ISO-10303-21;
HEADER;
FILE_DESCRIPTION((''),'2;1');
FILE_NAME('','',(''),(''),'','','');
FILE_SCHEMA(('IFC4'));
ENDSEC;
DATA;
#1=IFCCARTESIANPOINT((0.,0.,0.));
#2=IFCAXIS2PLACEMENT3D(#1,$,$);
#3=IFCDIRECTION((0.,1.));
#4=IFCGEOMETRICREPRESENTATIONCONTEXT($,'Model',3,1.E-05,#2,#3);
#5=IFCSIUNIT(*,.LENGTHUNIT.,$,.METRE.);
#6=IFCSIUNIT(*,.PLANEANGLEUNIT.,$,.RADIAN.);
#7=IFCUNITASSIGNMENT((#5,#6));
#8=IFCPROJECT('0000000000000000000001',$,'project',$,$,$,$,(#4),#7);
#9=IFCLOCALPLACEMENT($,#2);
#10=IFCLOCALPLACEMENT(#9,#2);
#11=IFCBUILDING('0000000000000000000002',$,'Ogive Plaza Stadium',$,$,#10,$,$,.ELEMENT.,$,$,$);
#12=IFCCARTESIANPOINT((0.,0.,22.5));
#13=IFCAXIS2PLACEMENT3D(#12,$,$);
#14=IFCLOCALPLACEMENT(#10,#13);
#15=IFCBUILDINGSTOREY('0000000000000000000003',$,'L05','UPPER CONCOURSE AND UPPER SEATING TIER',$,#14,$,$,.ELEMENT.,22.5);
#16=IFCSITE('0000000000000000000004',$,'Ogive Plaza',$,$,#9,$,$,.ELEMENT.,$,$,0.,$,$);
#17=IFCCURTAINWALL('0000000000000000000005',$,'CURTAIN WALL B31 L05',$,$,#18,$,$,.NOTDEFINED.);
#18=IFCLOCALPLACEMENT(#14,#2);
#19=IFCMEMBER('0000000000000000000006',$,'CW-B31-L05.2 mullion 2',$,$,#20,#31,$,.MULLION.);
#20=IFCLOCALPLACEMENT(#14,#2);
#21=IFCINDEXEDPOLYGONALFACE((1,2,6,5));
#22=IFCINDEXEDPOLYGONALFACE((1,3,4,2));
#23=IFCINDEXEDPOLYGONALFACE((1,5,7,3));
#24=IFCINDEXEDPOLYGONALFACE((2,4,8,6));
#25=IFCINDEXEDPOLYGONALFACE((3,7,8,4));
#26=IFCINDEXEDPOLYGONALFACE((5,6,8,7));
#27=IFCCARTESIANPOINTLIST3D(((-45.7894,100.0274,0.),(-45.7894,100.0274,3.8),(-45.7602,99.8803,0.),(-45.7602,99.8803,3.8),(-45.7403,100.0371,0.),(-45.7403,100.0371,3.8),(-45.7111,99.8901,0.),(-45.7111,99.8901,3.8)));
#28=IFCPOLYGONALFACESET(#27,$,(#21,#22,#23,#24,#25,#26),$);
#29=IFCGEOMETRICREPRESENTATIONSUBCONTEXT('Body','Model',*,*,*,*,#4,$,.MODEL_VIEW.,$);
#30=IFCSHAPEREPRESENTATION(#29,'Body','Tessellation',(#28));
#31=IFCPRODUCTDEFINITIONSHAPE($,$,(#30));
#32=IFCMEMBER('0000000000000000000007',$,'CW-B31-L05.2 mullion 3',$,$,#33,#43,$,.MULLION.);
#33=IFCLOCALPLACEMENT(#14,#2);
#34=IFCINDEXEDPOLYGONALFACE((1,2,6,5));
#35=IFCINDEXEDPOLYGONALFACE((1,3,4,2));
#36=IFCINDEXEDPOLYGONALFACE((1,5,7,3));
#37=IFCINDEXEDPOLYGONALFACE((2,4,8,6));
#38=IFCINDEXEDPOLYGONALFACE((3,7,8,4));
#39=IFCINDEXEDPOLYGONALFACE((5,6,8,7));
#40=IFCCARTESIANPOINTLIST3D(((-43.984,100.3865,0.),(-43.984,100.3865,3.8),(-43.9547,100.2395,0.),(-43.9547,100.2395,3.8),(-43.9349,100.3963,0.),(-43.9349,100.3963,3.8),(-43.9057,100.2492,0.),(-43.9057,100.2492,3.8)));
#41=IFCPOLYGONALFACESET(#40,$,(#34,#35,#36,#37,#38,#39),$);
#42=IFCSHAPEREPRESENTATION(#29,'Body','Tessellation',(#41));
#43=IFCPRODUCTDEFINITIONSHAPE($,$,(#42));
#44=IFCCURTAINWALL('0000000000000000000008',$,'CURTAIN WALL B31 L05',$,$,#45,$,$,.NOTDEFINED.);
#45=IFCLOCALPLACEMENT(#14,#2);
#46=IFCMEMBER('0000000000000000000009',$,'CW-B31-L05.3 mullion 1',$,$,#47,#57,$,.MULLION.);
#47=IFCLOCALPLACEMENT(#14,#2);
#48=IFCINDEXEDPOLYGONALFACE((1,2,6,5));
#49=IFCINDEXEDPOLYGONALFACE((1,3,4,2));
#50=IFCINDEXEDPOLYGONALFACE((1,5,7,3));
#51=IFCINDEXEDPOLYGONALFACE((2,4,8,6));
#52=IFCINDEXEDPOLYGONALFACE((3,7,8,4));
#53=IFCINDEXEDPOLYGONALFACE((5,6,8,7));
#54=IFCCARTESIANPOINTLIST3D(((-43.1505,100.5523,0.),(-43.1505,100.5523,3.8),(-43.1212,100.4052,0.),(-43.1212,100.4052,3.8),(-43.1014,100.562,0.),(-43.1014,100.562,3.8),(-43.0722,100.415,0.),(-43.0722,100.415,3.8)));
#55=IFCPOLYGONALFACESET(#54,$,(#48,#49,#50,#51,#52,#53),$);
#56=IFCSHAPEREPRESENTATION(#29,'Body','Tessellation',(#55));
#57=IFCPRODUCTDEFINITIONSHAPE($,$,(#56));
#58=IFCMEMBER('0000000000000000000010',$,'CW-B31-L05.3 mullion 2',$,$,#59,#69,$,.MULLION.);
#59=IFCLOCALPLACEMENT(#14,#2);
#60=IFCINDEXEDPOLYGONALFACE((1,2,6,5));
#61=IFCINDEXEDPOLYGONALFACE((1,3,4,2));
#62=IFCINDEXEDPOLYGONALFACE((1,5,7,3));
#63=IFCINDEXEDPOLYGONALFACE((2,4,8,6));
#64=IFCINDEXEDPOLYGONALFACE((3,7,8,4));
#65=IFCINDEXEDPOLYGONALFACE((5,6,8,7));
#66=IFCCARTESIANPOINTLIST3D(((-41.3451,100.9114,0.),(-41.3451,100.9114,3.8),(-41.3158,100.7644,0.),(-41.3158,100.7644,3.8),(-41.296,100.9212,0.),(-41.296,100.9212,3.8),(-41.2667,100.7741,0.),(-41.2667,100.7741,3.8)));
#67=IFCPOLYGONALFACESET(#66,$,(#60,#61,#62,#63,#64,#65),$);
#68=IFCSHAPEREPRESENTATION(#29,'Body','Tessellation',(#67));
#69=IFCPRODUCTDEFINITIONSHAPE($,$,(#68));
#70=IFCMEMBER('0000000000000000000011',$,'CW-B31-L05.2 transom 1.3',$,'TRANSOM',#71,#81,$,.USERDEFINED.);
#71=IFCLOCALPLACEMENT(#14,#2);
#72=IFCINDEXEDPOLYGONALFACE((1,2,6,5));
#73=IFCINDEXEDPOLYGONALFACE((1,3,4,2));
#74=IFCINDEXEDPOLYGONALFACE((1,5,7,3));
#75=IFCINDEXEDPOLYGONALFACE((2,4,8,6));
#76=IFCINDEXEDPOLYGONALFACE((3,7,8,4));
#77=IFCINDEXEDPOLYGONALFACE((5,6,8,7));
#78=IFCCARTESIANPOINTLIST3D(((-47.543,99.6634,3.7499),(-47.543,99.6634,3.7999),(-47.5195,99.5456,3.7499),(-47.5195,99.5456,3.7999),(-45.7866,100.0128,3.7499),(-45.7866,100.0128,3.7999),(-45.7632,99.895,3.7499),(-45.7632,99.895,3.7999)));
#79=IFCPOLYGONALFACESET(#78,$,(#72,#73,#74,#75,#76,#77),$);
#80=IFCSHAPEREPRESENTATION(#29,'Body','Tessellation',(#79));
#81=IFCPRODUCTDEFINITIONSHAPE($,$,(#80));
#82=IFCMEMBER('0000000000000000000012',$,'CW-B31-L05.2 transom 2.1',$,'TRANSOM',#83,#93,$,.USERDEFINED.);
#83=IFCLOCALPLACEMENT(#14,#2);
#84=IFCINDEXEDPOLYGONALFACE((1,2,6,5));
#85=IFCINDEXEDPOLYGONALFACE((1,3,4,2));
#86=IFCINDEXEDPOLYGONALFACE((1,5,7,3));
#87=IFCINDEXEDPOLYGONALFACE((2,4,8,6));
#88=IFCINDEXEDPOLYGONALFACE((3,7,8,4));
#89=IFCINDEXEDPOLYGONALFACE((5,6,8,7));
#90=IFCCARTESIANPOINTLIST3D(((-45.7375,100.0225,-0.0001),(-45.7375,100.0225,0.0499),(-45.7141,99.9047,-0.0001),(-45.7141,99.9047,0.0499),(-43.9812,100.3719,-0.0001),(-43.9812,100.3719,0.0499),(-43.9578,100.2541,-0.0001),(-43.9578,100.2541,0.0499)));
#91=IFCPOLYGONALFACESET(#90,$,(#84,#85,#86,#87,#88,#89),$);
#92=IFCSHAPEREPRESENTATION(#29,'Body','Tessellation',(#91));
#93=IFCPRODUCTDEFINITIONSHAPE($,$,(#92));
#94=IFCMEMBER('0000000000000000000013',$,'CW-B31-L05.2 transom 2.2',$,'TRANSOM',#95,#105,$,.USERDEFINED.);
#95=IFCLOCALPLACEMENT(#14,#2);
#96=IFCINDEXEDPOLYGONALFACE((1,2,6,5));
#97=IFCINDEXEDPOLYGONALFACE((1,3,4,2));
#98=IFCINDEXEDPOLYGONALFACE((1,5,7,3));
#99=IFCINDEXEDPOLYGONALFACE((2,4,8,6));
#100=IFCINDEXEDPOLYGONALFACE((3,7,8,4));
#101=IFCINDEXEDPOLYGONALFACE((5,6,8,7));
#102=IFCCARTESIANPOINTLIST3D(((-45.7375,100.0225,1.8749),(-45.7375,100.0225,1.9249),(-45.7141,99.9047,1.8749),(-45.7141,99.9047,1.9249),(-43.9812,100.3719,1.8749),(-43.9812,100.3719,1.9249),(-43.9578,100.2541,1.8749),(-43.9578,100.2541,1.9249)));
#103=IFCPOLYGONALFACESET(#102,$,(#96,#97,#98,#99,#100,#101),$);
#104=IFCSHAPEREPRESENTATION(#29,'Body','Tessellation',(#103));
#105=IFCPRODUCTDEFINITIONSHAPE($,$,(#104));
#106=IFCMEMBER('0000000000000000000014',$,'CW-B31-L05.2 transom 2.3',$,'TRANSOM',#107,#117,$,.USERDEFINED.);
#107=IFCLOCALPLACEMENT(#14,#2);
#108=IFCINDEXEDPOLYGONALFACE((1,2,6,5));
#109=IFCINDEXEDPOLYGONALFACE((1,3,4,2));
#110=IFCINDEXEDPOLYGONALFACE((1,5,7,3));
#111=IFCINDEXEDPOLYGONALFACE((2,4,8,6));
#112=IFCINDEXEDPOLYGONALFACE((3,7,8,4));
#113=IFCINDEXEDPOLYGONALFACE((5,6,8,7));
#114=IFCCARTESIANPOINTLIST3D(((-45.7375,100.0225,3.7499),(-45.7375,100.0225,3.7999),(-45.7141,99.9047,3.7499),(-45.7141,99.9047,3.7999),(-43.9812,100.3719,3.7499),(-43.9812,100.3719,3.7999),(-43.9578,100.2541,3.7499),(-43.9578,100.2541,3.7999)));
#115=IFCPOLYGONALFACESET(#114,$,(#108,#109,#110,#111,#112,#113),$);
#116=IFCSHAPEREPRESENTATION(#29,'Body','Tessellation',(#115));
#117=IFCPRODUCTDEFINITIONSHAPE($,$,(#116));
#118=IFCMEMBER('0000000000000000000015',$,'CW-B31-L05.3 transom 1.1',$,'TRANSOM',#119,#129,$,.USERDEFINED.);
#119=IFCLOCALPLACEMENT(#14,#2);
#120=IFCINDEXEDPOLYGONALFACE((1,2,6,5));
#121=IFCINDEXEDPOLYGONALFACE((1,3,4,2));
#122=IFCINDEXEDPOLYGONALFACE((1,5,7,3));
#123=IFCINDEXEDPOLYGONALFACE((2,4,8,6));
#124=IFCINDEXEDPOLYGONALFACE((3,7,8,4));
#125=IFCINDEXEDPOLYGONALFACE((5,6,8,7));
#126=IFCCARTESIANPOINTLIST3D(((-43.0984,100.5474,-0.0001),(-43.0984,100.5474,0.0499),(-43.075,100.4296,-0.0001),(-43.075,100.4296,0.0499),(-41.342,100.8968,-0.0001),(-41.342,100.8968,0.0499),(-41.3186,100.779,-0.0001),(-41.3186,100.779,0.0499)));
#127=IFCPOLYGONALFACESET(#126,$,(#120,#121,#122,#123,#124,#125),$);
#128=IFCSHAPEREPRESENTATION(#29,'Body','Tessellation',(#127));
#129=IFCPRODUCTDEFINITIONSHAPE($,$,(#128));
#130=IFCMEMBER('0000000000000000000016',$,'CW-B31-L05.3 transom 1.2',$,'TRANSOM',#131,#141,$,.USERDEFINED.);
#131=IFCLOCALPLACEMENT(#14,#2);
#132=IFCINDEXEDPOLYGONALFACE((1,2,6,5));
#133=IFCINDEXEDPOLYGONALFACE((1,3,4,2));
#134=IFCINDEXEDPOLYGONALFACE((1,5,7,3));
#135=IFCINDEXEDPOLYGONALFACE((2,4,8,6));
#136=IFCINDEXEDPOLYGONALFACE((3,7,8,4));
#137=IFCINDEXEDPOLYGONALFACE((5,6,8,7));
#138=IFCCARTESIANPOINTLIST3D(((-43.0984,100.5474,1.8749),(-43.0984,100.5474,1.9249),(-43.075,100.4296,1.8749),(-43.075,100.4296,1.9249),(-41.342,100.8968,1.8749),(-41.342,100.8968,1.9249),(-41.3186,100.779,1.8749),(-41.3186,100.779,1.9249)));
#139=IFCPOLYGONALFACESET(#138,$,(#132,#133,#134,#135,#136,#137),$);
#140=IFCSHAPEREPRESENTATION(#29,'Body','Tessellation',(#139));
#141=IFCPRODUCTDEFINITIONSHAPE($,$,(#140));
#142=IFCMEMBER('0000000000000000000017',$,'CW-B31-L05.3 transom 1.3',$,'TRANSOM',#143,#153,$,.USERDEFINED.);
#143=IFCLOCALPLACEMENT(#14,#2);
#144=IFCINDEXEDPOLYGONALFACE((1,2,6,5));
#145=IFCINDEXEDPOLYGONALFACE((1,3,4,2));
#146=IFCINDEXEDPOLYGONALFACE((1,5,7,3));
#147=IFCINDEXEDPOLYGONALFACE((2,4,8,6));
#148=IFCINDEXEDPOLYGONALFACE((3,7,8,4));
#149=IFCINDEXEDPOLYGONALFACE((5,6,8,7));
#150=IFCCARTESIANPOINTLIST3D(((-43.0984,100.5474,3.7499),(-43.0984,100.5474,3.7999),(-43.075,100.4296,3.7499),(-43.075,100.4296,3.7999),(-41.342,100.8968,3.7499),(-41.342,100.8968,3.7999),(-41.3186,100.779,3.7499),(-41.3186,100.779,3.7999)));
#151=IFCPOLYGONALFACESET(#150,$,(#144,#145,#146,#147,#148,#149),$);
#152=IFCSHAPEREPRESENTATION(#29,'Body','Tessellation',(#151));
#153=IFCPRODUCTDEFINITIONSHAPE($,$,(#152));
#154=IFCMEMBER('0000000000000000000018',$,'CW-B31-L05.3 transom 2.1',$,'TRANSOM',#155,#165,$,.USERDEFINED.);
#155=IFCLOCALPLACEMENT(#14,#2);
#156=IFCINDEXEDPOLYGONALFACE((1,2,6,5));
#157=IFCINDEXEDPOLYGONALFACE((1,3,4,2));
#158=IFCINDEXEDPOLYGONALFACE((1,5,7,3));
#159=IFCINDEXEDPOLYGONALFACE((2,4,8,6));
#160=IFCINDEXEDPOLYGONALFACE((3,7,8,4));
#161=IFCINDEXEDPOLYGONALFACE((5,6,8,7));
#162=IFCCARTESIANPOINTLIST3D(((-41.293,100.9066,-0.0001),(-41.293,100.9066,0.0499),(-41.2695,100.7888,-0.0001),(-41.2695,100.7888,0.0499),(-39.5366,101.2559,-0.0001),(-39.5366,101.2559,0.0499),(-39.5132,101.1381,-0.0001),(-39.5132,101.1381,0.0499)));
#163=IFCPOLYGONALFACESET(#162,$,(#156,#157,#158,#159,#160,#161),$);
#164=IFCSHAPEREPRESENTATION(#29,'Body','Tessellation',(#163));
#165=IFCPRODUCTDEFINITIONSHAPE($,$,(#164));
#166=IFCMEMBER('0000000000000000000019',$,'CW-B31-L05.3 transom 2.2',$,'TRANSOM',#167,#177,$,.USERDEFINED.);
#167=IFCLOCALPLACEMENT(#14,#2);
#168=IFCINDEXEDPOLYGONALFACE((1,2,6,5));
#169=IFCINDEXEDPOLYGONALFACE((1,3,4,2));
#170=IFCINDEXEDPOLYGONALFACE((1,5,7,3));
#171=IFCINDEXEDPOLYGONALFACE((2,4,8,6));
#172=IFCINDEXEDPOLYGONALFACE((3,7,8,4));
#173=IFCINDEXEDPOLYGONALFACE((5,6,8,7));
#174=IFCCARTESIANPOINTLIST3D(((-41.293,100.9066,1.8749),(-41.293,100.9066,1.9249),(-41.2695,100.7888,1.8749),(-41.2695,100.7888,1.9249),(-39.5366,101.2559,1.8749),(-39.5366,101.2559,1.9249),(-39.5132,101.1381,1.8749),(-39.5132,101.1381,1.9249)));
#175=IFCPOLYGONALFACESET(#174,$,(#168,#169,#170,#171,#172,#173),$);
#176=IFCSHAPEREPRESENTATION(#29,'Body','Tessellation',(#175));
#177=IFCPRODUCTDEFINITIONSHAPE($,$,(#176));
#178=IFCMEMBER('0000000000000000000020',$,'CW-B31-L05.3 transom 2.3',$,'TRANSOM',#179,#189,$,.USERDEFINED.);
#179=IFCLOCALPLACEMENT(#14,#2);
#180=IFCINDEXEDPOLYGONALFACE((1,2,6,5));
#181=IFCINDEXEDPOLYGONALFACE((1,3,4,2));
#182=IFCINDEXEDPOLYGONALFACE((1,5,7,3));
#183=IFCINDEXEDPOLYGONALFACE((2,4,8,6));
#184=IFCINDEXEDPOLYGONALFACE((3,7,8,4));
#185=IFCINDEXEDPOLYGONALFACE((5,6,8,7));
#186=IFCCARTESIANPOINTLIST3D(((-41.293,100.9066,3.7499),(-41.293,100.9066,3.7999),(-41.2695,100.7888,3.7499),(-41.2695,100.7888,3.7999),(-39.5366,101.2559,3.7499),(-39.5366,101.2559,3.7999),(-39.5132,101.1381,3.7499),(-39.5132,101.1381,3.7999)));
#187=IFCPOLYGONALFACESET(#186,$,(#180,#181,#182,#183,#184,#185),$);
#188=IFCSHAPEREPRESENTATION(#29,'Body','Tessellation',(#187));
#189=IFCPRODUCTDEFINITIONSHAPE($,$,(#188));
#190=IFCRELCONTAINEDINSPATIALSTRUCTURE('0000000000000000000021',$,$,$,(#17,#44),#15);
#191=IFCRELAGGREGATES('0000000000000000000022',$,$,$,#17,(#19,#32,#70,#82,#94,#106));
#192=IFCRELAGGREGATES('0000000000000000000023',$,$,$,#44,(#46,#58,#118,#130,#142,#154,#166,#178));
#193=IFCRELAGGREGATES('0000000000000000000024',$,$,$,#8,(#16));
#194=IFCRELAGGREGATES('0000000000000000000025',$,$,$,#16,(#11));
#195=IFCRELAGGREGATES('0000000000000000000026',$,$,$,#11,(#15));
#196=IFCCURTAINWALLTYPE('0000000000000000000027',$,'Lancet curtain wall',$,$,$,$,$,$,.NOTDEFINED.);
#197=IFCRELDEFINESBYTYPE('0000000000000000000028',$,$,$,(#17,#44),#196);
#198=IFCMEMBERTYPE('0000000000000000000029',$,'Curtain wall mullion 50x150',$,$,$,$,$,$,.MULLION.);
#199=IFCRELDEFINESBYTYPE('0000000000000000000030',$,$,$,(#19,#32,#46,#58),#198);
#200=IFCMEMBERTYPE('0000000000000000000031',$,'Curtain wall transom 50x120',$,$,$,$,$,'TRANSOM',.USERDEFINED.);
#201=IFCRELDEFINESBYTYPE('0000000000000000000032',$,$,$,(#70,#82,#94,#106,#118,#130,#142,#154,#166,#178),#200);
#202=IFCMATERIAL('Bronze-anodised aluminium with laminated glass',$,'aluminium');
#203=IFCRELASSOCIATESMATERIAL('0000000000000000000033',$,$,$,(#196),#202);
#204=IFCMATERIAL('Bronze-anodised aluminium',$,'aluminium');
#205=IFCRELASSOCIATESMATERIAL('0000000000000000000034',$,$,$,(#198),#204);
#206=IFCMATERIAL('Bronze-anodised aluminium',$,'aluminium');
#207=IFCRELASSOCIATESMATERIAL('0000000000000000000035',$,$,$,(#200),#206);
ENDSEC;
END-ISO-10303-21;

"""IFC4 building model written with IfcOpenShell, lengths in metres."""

from ifc_helpers import new_model, si_unit, direction, frame, origin, origin_2d, place, context, subcontext, project, spatial, rectangle, extrude, material, material_profile, profile_set, type_object, element, aggregate, save


model = new_model("IFC4")

# Units and contexts
model_context = context("Model", 3, precision=1e-05, world=origin(), true_north=direction((0.0, 1.0)))
body_context = subcontext(model_context, "Body", "Model", "MODEL_VIEW")
ifc_project = project(units=[si_unit("LENGTHUNIT", "METRE"), si_unit("PLANEANGLEUNIT", "RADIAN")], contexts=[model_context])

# Site, building, storey
site_placement = place(None, origin())
site = spatial("IfcSite", under=ifc_project, at=site_placement, Name="Ogive Plaza", CompositionType="ELEMENT", RefElevation=0.0)
building_placement = place(site_placement, origin())
building = spatial("IfcBuilding", under=site, at=building_placement, Name="Ogive Plaza Stadium", CompositionType="ELEMENT")
storey_placement = place(building_placement, frame((0.0, 0.0, 22.5)))
storey = spatial("IfcBuildingStorey", under=building, at=storey_placement, Name="L05", Description="UPPER CONCOURSE AND UPPER SEATING TIER", CompositionType="ELEMENT", Elevation=22.5)

# Curtain walls, members
ifc_material_1 = material(Name="Bronze-anodised aluminium with laminated glass", Category="aluminium")
curtain_wall_type = type_object("IfcCurtainWallType", Name="Lancet curtain wall", PredefinedType="NOTDEFINED", material=ifc_material_1)
curtain_wall_1_placement = place(storey_placement, origin())
curtain_wall_1 = element("IfcCurtainWall", 1, at=curtain_wall_1_placement, inside=storey, type_object=curtain_wall_type, Name="CURTAIN WALL B31 L05", PredefinedType="NOTDEFINED")
ifc_material_2 = material(Name="Bronze-anodised aluminium", Category="aluminium")
ifc_material_profile_1 = material_profile(ifc_material_2, rectangle(XDim=0.1499, YDim=0.05, at=origin_2d()), Name="AL 150x50")
ifc_profile_set_1 = profile_set([ifc_material_profile_1], Name="Bronze-anodised aluminium")
member_type_1 = type_object("IfcMemberType", Name="Curtain wall mullion 50x150", PredefinedType="MULLION", material=ifc_profile_set_1)
member_1_placement = place(storey_placement, frame((-45.7502, 99.9587, 0.0), z_axis=(0.0, 0.0, 1.0), x_axis=(-0.19509, 0.980785, 0.0)))
member_1 = element("IfcMember", 2, at=member_1_placement, type_object=member_type_1, Name="CW-B31-L05.2 mullion 2", PredefinedType="MULLION", context=body_context, shape_type="SweptSolid", body=[
    extrude(rectangle(XDim=0.1499, YDim=0.05, at=origin_2d()), origin(), (0.0, 0.0, 1.0), 3.8),
])
member_2_placement = place(storey_placement, frame((-43.9448, 100.3179, 0.0), z_axis=(0.0, 0.0, 1.0), x_axis=(-0.19509, 0.980785, 0.0)))
member_2 = element("IfcMember", 3, at=member_2_placement, type_object=member_type_1, Name="CW-B31-L05.2 mullion 3", PredefinedType="MULLION", context=body_context, shape_type="SweptSolid", body=[
    extrude(rectangle(XDim=0.1499, YDim=0.05, at=origin_2d()), origin(), (0.0, 0.0, 1.0), 3.8),
])
curtain_wall_2_placement = place(storey_placement, origin())
curtain_wall_2 = element("IfcCurtainWall", 4, at=curtain_wall_2_placement, inside=storey, type_object=curtain_wall_type, Name="CURTAIN WALL B31 L05", PredefinedType="NOTDEFINED")
member_3_placement = place(storey_placement, frame((-43.1113, 100.4836, 0.0), z_axis=(0.0, 0.0, 1.0), x_axis=(-0.19509, 0.980785, 0.0)))
member_3 = element("IfcMember", 5, at=member_3_placement, type_object=member_type_1, Name="CW-B31-L05.3 mullion 1", PredefinedType="MULLION", context=body_context, shape_type="SweptSolid", body=[
    extrude(rectangle(XDim=0.1499, YDim=0.05, at=origin_2d()), origin(), (0.0, 0.0, 1.0), 3.8),
])
member_4_placement = place(storey_placement, frame((-41.3059, 100.8428, 0.0), z_axis=(0.0, 0.0, 1.0), x_axis=(-0.19509, 0.980785, 0.0)))
member_4 = element("IfcMember", 6, at=member_4_placement, type_object=member_type_1, Name="CW-B31-L05.3 mullion 2", PredefinedType="MULLION", context=body_context, shape_type="SweptSolid", body=[
    extrude(rectangle(XDim=0.1499, YDim=0.05, at=origin_2d()), origin(), (0.0, 0.0, 1.0), 3.8),
])

# Members
ifc_material_3 = material(Name="Bronze-anodised aluminium", Category="aluminium")
ifc_material_profile_2 = material_profile(ifc_material_3, rectangle(XDim=0.1201, YDim=0.05, at=origin_2d()), Name="AL 120x50")
ifc_profile_set_2 = profile_set([ifc_material_profile_2], Name="Bronze-anodised aluminium")
member_type_2 = type_object("IfcMemberType", Name="Curtain wall transom 50x120", ElementType="TRANSOM", PredefinedType="USERDEFINED", material=ifc_profile_set_2)
member_5_placement = place(storey_placement, frame((-47.5312, 99.6045, 3.7749), z_axis=(0.980785, 0.195094, 0.0), x_axis=(-0.195094, 0.980785, 0.0)))
member_5 = element("IfcMember", 7, at=member_5_placement, type_object=member_type_2, Name="CW-B31-L05.2 transom 1.3", ObjectType="TRANSOM", PredefinedType="USERDEFINED", context=body_context, shape_type="SweptSolid", body=[
    extrude(rectangle(XDim=0.1201, YDim=0.05, at=origin_2d()), origin(), (0.0, 0.0, 1.0), 1.7908),
])
member_6_placement = place(storey_placement, frame((-45.7258, 99.9636, 0.0249), z_axis=(0.980785, 0.195094, 0.0), x_axis=(-0.195094, 0.980785, 0.0)))
member_6 = element("IfcMember", 8, at=member_6_placement, type_object=member_type_2, Name="CW-B31-L05.2 transom 2.1", ObjectType="TRANSOM", PredefinedType="USERDEFINED", context=body_context, shape_type="SweptSolid", body=[
    extrude(rectangle(XDim=0.1201, YDim=0.05, at=origin_2d()), origin(), (0.0, 0.0, 1.0), 1.7908),
])
member_7_placement = place(storey_placement, frame((-45.7258, 99.9636, 1.8999), z_axis=(0.980785, 0.195094, 0.0), x_axis=(-0.195094, 0.980785, 0.0)))
member_7 = element("IfcMember", 9, at=member_7_placement, type_object=member_type_2, Name="CW-B31-L05.2 transom 2.2", ObjectType="TRANSOM", PredefinedType="USERDEFINED", context=body_context, shape_type="SweptSolid", body=[
    extrude(rectangle(XDim=0.1201, YDim=0.05, at=origin_2d()), origin(), (0.0, 0.0, 1.0), 1.7908),
])
member_8_placement = place(storey_placement, frame((-45.7258, 99.9636, 3.7749), z_axis=(0.980785, 0.195094, 0.0), x_axis=(-0.195094, 0.980785, 0.0)))
member_8 = element("IfcMember", 10, at=member_8_placement, type_object=member_type_2, Name="CW-B31-L05.2 transom 2.3", ObjectType="TRANSOM", PredefinedType="USERDEFINED", context=body_context, shape_type="SweptSolid", body=[
    extrude(rectangle(XDim=0.1201, YDim=0.05, at=origin_2d()), origin(), (0.0, 0.0, 1.0), 1.7908),
])
member_9_placement = place(storey_placement, frame((-43.0867, 100.4885, 0.0249), z_axis=(0.980785, 0.195094, 0.0), x_axis=(-0.195094, 0.980785, 0.0)))
member_9 = element("IfcMember", 11, at=member_9_placement, type_object=member_type_2, Name="CW-B31-L05.3 transom 1.1", ObjectType="TRANSOM", PredefinedType="USERDEFINED", context=body_context, shape_type="SweptSolid", body=[
    extrude(rectangle(XDim=0.1201, YDim=0.05, at=origin_2d()), origin(), (0.0, 0.0, 1.0), 1.7908),
])
member_10_placement = place(storey_placement, frame((-43.0867, 100.4885, 1.8999), z_axis=(0.980785, 0.195094, 0.0), x_axis=(-0.195094, 0.980785, 0.0)))
member_10 = element("IfcMember", 12, at=member_10_placement, type_object=member_type_2, Name="CW-B31-L05.3 transom 1.2", ObjectType="TRANSOM", PredefinedType="USERDEFINED", context=body_context, shape_type="SweptSolid", body=[
    extrude(rectangle(XDim=0.1201, YDim=0.05, at=origin_2d()), origin(), (0.0, 0.0, 1.0), 1.7908),
])
member_11_placement = place(storey_placement, frame((-43.0867, 100.4885, 3.7749), z_axis=(0.980785, 0.195094, 0.0), x_axis=(-0.195094, 0.980785, 0.0)))
member_11 = element("IfcMember", 13, at=member_11_placement, type_object=member_type_2, Name="CW-B31-L05.3 transom 1.3", ObjectType="TRANSOM", PredefinedType="USERDEFINED", context=body_context, shape_type="SweptSolid", body=[
    extrude(rectangle(XDim=0.1201, YDim=0.05, at=origin_2d()), origin(), (0.0, 0.0, 1.0), 1.7908),
])
member_12_placement = place(storey_placement, frame((-41.2812, 100.8477, 0.0249), z_axis=(0.980785, 0.195094, 0.0), x_axis=(-0.195094, 0.980785, 0.0)))
member_12 = element("IfcMember", 14, at=member_12_placement, type_object=member_type_2, Name="CW-B31-L05.3 transom 2.1", ObjectType="TRANSOM", PredefinedType="USERDEFINED", context=body_context, shape_type="SweptSolid", body=[
    extrude(rectangle(XDim=0.1201, YDim=0.05, at=origin_2d()), origin(), (0.0, 0.0, 1.0), 1.7908),
])
member_13_placement = place(storey_placement, frame((-41.2812, 100.8477, 1.8999), z_axis=(0.980785, 0.195094, 0.0), x_axis=(-0.195094, 0.980785, 0.0)))
member_13 = element("IfcMember", 15, at=member_13_placement, type_object=member_type_2, Name="CW-B31-L05.3 transom 2.2", ObjectType="TRANSOM", PredefinedType="USERDEFINED", context=body_context, shape_type="SweptSolid", body=[
    extrude(rectangle(XDim=0.1201, YDim=0.05, at=origin_2d()), origin(), (0.0, 0.0, 1.0), 1.7908),
])
member_14_placement = place(storey_placement, frame((-41.2812, 100.8477, 3.7749), z_axis=(0.980785, 0.195094, 0.0), x_axis=(-0.195094, 0.980785, 0.0)))
member_14 = element("IfcMember", 16, at=member_14_placement, type_object=member_type_2, Name="CW-B31-L05.3 transom 2.3", ObjectType="TRANSOM", PredefinedType="USERDEFINED", context=body_context, shape_type="SweptSolid", body=[
    extrude(rectangle(XDim=0.1201, YDim=0.05, at=origin_2d()), origin(), (0.0, 0.0, 1.0), 1.7908),
])

aggregate(curtain_wall_1, [member_1, member_2, member_5, member_6, member_7, member_8])
aggregate(curtain_wall_2, [member_3, member_4, member_9, member_10, member_11, member_12, member_13, member_14])

save(model, "model.ifc")
